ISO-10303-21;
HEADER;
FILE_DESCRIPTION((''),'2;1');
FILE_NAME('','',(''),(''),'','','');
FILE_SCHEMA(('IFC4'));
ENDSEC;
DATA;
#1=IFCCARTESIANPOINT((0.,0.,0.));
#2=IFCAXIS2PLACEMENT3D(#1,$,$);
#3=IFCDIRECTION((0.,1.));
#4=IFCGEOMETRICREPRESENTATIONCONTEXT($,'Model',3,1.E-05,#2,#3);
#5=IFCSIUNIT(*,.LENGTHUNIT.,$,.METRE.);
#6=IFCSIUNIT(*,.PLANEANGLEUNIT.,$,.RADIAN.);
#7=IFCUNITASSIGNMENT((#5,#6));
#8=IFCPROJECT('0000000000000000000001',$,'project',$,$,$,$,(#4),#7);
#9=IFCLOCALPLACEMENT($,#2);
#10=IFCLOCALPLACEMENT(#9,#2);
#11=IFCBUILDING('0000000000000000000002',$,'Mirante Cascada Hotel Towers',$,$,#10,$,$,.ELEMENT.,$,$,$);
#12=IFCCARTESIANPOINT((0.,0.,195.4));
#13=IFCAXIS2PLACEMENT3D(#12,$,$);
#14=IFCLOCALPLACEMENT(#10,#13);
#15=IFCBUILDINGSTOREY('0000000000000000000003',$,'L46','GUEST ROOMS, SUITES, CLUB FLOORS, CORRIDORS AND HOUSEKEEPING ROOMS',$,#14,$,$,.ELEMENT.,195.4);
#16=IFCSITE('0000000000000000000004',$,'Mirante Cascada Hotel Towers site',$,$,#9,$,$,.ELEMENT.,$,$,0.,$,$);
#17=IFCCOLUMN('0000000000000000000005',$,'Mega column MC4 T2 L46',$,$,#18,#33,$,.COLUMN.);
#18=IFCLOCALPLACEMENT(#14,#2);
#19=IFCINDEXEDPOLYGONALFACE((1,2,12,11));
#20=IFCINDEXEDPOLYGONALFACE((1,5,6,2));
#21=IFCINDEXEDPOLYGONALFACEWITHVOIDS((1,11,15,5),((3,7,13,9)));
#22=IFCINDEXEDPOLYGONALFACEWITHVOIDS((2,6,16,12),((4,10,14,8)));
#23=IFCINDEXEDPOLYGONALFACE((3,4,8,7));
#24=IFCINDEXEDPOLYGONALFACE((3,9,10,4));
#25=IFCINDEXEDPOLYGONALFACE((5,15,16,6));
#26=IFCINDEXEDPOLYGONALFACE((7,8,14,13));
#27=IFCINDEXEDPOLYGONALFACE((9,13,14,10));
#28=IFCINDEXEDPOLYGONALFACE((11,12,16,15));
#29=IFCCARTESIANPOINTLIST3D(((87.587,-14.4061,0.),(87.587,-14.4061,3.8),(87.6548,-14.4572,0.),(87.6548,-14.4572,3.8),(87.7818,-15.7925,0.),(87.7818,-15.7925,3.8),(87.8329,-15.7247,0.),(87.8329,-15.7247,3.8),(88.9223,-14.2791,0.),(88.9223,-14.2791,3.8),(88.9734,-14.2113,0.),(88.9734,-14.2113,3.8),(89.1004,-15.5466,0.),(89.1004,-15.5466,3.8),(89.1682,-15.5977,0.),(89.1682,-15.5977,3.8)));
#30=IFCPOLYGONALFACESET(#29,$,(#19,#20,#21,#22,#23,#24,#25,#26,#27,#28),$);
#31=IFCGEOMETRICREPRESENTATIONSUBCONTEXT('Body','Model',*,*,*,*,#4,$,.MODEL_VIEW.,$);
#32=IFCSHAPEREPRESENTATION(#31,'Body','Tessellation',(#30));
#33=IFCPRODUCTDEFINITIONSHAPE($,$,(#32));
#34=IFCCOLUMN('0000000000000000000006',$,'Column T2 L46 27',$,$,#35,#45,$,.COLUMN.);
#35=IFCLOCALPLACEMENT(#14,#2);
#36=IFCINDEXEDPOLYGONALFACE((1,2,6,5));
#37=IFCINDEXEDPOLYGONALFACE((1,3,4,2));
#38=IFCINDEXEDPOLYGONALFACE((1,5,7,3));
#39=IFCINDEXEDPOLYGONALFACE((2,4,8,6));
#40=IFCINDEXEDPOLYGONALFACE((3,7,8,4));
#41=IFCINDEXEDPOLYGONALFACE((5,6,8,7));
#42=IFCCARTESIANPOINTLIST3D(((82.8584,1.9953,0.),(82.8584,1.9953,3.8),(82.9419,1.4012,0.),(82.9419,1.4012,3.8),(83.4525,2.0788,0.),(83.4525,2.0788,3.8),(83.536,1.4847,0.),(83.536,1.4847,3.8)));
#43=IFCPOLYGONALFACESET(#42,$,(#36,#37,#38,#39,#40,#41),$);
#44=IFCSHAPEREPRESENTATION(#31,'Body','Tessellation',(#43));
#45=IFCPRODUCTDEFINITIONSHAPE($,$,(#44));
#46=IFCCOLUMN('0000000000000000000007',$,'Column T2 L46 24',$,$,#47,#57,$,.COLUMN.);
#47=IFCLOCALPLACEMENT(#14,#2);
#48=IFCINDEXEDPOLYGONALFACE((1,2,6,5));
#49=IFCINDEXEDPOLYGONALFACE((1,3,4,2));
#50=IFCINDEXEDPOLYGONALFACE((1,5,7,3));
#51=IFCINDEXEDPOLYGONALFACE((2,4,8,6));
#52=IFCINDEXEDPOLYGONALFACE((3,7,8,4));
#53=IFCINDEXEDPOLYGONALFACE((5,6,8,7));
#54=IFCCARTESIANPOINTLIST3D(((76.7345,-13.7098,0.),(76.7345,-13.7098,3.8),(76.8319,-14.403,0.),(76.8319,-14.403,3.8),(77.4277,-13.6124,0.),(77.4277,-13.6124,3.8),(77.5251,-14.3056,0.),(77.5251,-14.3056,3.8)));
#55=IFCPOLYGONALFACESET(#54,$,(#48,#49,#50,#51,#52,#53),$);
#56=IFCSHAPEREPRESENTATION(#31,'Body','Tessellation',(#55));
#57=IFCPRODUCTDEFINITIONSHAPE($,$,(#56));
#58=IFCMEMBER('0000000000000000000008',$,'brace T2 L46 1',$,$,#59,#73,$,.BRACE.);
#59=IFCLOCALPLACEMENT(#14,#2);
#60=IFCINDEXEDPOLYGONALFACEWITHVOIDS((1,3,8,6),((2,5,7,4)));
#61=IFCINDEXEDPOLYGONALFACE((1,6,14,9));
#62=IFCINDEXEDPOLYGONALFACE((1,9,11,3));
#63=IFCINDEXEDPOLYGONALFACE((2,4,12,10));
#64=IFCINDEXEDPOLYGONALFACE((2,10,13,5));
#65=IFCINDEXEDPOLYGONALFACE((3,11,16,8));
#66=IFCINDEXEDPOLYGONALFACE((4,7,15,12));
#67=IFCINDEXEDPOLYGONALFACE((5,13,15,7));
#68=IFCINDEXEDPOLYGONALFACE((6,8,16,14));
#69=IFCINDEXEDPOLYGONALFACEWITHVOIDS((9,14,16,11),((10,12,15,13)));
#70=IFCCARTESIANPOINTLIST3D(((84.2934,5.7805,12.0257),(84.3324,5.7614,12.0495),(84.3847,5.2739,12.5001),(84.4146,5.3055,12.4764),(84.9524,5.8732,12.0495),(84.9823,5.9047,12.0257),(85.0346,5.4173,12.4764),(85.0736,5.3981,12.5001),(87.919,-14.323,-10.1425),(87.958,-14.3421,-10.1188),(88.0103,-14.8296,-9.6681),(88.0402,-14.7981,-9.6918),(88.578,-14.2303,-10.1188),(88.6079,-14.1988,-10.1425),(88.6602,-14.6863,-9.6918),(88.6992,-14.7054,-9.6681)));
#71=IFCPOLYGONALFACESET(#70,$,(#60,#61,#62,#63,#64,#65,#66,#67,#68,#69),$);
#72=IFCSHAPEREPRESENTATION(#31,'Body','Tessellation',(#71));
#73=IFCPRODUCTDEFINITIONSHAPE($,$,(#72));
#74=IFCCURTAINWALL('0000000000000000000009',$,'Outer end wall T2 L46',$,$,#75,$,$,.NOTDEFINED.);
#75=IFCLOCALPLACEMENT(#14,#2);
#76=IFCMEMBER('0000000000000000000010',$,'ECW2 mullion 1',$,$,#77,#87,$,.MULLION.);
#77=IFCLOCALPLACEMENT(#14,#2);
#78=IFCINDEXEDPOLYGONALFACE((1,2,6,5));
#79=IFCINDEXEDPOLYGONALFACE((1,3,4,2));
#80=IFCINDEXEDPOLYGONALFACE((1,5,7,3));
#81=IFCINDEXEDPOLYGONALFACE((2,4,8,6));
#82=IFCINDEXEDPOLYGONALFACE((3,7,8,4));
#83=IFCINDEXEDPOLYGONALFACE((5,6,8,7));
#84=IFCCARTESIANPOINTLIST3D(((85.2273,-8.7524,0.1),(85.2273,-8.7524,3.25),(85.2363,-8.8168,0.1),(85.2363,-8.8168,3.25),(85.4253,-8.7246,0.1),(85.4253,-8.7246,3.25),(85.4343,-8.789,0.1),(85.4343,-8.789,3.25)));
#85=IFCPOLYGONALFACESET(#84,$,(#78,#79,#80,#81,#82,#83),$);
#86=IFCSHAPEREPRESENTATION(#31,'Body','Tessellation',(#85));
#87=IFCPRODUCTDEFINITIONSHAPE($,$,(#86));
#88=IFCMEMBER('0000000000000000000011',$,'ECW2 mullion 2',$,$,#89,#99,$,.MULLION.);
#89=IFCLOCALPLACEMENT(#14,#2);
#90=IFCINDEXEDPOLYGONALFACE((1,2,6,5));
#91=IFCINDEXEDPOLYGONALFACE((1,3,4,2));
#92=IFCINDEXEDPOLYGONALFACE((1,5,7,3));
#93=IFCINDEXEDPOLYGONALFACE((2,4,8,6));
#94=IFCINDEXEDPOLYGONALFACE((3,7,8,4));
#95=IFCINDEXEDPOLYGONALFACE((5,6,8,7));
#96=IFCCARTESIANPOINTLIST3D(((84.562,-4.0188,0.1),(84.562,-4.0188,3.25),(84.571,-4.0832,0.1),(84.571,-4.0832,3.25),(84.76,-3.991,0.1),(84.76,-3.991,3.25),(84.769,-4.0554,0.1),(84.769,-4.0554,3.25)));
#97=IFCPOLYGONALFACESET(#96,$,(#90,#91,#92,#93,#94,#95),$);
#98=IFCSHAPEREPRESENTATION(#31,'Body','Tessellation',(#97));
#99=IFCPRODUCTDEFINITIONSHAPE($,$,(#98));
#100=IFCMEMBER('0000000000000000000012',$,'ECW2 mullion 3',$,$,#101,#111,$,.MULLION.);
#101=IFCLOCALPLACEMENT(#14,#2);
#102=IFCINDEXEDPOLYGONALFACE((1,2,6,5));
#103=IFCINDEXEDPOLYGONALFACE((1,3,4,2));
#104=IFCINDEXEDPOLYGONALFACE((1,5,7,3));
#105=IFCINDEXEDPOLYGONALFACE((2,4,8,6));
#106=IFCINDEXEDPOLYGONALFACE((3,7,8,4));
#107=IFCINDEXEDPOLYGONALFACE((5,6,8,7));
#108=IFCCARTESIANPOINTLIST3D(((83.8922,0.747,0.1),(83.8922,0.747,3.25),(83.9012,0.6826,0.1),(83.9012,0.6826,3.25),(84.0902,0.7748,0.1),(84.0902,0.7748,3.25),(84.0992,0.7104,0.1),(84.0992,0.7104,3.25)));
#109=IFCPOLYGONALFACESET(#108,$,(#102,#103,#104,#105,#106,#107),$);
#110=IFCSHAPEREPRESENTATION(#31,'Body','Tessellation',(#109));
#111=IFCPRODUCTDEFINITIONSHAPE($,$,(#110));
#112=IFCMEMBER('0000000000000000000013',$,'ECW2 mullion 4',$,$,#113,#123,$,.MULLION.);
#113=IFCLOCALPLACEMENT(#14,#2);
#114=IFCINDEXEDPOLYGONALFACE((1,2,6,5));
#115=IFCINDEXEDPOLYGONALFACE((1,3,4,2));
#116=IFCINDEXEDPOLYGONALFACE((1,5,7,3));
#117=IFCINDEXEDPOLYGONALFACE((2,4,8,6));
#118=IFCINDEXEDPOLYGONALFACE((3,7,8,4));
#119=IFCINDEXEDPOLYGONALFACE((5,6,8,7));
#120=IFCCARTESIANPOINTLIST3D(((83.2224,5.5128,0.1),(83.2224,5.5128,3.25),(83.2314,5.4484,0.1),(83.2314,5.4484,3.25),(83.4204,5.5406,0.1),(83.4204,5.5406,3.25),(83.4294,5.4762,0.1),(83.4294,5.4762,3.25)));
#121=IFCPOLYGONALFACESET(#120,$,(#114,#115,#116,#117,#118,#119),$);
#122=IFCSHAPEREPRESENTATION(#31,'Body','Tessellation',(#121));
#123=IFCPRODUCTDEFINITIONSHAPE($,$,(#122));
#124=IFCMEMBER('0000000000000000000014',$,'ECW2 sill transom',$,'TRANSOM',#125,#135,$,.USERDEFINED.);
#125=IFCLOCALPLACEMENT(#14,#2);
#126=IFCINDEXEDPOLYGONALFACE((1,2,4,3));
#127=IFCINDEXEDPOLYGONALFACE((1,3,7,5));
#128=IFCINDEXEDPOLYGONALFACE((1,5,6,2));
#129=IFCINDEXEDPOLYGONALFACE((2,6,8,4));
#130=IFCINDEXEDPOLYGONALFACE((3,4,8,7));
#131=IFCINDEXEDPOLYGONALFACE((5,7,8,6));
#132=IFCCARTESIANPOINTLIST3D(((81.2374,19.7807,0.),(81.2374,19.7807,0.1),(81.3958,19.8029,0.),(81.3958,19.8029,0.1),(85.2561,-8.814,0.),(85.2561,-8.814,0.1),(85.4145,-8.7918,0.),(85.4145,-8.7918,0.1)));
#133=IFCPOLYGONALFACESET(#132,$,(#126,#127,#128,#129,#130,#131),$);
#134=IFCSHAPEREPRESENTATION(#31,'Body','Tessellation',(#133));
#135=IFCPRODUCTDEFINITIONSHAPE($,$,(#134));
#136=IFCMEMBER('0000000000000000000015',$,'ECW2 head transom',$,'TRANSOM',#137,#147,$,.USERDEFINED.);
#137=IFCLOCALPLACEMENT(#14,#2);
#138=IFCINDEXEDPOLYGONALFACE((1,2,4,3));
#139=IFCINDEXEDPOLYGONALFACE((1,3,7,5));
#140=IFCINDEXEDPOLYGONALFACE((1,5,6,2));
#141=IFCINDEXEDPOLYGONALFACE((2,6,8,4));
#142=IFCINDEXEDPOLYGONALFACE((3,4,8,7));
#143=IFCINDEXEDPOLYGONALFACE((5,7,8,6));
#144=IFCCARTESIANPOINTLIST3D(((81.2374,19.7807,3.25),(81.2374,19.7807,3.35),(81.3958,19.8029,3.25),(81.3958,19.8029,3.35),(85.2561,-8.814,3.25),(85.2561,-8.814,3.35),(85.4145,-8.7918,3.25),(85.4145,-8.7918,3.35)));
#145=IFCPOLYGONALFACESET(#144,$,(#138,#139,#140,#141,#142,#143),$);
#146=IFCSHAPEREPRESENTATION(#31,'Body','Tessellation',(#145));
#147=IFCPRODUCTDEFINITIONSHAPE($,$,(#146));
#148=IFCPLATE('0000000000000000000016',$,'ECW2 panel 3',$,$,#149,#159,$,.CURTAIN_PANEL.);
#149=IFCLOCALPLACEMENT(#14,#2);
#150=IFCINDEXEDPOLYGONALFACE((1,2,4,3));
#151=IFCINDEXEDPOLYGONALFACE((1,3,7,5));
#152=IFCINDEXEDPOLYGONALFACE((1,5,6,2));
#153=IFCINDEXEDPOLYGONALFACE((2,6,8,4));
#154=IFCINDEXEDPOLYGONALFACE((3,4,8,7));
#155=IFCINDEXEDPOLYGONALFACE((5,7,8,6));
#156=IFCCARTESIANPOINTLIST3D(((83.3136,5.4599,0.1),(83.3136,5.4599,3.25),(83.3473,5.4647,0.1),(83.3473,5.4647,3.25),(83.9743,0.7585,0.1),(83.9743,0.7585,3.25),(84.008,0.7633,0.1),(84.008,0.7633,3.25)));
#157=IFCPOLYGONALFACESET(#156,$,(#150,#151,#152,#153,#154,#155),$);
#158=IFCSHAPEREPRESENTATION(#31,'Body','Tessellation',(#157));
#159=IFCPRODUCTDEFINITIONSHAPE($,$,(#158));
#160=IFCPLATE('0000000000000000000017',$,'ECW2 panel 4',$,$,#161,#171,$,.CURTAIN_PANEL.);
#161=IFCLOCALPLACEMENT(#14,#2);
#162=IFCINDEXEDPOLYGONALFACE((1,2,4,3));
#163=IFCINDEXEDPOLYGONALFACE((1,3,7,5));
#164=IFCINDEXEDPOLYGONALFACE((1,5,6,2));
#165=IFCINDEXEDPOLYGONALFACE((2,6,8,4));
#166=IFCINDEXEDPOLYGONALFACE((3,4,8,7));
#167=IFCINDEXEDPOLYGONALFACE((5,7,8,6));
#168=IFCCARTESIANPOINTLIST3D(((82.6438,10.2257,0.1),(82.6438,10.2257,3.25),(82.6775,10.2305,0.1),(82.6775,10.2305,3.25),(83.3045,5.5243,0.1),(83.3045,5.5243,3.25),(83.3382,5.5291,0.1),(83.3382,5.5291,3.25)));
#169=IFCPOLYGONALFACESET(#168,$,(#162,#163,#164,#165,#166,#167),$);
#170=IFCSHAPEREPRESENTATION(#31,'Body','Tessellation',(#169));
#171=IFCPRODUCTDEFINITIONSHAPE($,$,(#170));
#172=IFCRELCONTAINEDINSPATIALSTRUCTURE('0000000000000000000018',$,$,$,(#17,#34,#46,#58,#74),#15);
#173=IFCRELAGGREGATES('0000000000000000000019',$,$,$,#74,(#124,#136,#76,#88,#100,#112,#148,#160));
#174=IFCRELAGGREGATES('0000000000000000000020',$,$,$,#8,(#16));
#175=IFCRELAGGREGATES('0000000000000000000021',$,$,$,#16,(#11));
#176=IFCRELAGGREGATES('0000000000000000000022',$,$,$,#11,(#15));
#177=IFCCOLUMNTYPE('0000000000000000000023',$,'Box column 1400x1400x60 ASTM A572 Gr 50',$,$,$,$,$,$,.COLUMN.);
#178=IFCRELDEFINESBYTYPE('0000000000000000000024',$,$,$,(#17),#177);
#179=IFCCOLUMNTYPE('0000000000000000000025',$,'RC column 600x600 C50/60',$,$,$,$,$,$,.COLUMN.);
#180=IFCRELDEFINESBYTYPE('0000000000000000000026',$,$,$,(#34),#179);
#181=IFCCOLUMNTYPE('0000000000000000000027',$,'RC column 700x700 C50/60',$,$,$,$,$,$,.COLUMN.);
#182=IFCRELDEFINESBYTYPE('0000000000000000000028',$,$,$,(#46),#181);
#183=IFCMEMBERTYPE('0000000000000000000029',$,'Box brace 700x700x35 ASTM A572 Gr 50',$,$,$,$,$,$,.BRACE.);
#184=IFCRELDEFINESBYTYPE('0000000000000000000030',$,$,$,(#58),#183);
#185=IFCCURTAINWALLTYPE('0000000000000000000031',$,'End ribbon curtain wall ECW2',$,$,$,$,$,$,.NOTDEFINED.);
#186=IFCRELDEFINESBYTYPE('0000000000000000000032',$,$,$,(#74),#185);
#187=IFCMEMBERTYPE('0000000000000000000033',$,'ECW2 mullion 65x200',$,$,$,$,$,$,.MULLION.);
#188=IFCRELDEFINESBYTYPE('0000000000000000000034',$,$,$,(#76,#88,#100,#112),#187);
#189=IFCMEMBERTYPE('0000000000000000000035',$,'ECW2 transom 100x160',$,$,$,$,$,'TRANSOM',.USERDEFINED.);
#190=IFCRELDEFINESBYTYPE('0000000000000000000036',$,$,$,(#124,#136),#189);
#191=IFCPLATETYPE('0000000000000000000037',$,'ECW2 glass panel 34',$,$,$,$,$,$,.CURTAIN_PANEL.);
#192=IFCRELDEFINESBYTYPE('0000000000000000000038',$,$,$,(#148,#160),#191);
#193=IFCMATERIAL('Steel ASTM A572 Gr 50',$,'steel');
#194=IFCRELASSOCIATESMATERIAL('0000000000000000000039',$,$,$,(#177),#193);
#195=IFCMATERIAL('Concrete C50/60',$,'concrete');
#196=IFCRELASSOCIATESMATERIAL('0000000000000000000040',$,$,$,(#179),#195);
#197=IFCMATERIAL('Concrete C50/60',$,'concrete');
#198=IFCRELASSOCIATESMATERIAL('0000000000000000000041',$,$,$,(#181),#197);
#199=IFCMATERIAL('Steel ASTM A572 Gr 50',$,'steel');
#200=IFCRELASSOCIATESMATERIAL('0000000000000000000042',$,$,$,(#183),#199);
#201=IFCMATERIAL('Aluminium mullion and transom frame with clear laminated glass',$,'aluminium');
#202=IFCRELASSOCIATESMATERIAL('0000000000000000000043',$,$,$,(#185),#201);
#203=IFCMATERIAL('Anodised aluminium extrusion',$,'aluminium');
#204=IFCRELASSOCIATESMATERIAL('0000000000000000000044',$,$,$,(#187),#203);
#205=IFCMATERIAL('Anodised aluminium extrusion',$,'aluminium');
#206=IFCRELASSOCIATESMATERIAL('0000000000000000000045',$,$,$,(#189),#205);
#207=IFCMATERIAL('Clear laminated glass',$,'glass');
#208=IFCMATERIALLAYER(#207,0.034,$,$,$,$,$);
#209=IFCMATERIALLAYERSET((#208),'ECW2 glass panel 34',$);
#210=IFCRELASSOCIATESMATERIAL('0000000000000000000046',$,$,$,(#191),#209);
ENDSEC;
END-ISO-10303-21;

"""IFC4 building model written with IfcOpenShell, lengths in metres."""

from ifc_helpers import new_model, si_unit, direction, frame, origin, origin_2d, place, context, subcontext, project, spatial, rectangle, hollow_rectangle, extrude, material, layer, layer_set, material_profile, profile_set, type_object, element, aggregate, save


model = new_model("IFC4")

# Units and contexts
model_context = context("Model", 3, precision=1e-05, world=origin(), true_north=direction((0.0, 1.0)))
body_context = subcontext(model_context, "Body", "Model", "MODEL_VIEW")
ifc_project = project(units=[si_unit("LENGTHUNIT", "METRE"), si_unit("PLANEANGLEUNIT", "RADIAN")], contexts=[model_context])

# Site, building, storey
site_placement = place(None, origin())
site = spatial("IfcSite", under=ifc_project, at=site_placement, Name="Mirante Cascada Hotel Towers site", CompositionType="ELEMENT", RefElevation=0.0)
building_placement = place(site_placement, origin())
building = spatial("IfcBuilding", under=site, at=building_placement, Name="Mirante Cascada Hotel Towers", CompositionType="ELEMENT")
storey_placement = place(building_placement, frame((0.0, 0.0, 195.4)))
storey = spatial("IfcBuildingStorey", under=building, at=storey_placement, Name="L46", Description="GUEST ROOMS, SUITES, CLUB FLOORS, CORRIDORS AND HOUSEKEEPING ROOMS", CompositionType="ELEMENT", Elevation=195.4)

# Columns
ifc_material_1 = material(Name="Steel ASTM A572 Gr 50", Category="steel")
ifc_material_profile_1 = material_profile(ifc_material_1, hollow_rectangle(XDim=1.4, YDim=1.4, WallThickness=0.06, at=origin_2d()), Name="Box column 1400x1400x60 ASTM A572 Gr 50")
ifc_profile_set_1 = profile_set([ifc_material_profile_1], Name="Steel ASTM A572 Gr 50")
column_type_1 = type_object("IfcColumnType", Name="Box column 1400x1400x60 ASTM A572 Gr 50", PredefinedType="COLUMN", material=ifc_profile_set_1)
column_1_placement = place(storey_placement, frame((88.3776, -15.0019, 0.0), z_axis=(0.0, 0.0, 1.0), x_axis=(0.990268, 0.139173, 0.0)))
element("IfcColumn", 1, at=column_1_placement, inside=storey, type_object=column_type_1, Name="Mega column MC4 T2 L46", PredefinedType="COLUMN", context=body_context, shape_type="SweptSolid", body=[
    extrude(hollow_rectangle(XDim=1.4, YDim=1.4, WallThickness=0.06, at=origin_2d()), origin(), (0.0, 0.0, 1.0), 3.8),
])
ifc_material_2 = material(Name="Concrete C50/60", Category="concrete")
ifc_material_profile_2 = material_profile(ifc_material_2, rectangle(XDim=0.6, YDim=0.6, at=origin_2d()), Name="RC column 600x600 C50/60")
ifc_profile_set_2 = profile_set([ifc_material_profile_2], Name="Concrete C50/60")
column_type_2 = type_object("IfcColumnType", Name="RC column 600x600 C50/60", PredefinedType="COLUMN", material=ifc_profile_set_2)
column_2_placement = place(storey_placement, frame((83.1972, 1.74, 0.0), z_axis=(0.0, 0.0, 1.0), x_axis=(0.990268, 0.139173, 0.0)))
element("IfcColumn", 2, at=column_2_placement, inside=storey, type_object=column_type_2, Name="Column T2 L46 27", PredefinedType="COLUMN", context=body_context, shape_type="SweptSolid", body=[
    extrude(rectangle(XDim=0.6, YDim=0.6, at=origin_2d()), origin(), (0.0, 0.0, 1.0), 3.8),
])
ifc_material_3 = material(Name="Concrete C50/60", Category="concrete")
ifc_material_profile_3 = material_profile(ifc_material_3, rectangle(XDim=0.7, YDim=0.7, at=origin_2d()), Name="RC column 700x700 C50/60")
ifc_profile_set_3 = profile_set([ifc_material_profile_3], Name="Concrete C50/60")
column_type_3 = type_object("IfcColumnType", Name="RC column 700x700 C50/60", PredefinedType="COLUMN", material=ifc_profile_set_3)
column_3_placement = place(storey_placement, frame((77.1298, -14.0077, 0.0), z_axis=(0.0, 0.0, 1.0), x_axis=(0.990268, 0.139173, 0.0)))
element("IfcColumn", 3, at=column_3_placement, inside=storey, type_object=column_type_3, Name="Column T2 L46 24", PredefinedType="COLUMN", context=body_context, shape_type="SweptSolid", body=[
    extrude(rectangle(XDim=0.7, YDim=0.7, at=origin_2d()), origin(), (0.0, 0.0, 1.0), 3.8),
])

# Member
ifc_material_4 = material(Name="Steel ASTM A572 Gr 50", Category="steel")
ifc_material_profile_4 = material_profile(ifc_material_4, hollow_rectangle(XDim=0.7, YDim=0.7, WallThickness=0.035, at=origin_2d()), Name="Box brace 700x700x35 ASTM A572 Gr 50")
ifc_profile_set_4 = profile_set([ifc_material_profile_4], Name="Steel ASTM A572 Gr 50")
member_type_1 = type_object("IfcMemberType", Name="Box brace 700x700x35 ASTM A572 Gr 50", PredefinedType="BRACE", material=ifc_profile_set_4)
member_1_placement = place(storey_placement, frame((88.3091, -14.5142, -9.9053), z_axis=(-0.120272, 0.666892, 0.735384), x_axis=(-0.984124, -0.177483, 0.0)))
element("IfcMember", 4, at=member_1_placement, inside=storey, type_object=member_type_1, Name="brace T2 L46 1", PredefinedType="BRACE", context=body_context, shape_type="SweptSolid", body=[
    extrude(hollow_rectangle(XDim=0.7, YDim=0.7, WallThickness=0.035, at=origin_2d()), origin(), (0.0, 0.0, 1.0), 30.1451),
])

# Curtain wall, members, plates
ifc_material_5 = material(Name="Aluminium mullion and transom frame with clear laminated glass", Category="aluminium")
curtain_wall_type = type_object("IfcCurtainWallType", Name="End ribbon curtain wall ECW2", PredefinedType="NOTDEFINED", material=ifc_material_5)
curtain_wall_placement = place(storey_placement, origin())
curtain_wall = element("IfcCurtainWall", 5, at=curtain_wall_placement, inside=storey, type_object=curtain_wall_type, Name="Outer end wall T2 L46", PredefinedType="NOTDEFINED")
ifc_material_6 = material(Name="Anodised aluminium extrusion", Category="aluminium")
ifc_material_profile_5 = material_profile(ifc_material_6, rectangle(XDim=0.2, YDim=0.065, at=origin_2d()), Name="ECW2 MULLION 65x200")
ifc_profile_set_5 = profile_set([ifc_material_profile_5], Name="Anodised aluminium extrusion")
member_type_2 = type_object("IfcMemberType", Name="ECW2 mullion 65x200", PredefinedType="MULLION", material=ifc_profile_set_5)
member_2_placement = place(storey_placement, frame((85.3308, -8.7707, 0.1), z_axis=(0.0, 0.0, 1.0), x_axis=(-0.990268, -0.139173, 0.0)))
member_2 = element("IfcMember", 6, at=member_2_placement, type_object=member_type_2, Name="ECW2 mullion 1", PredefinedType="MULLION", context=body_context, shape_type="SweptSolid", body=[
    extrude(rectangle(XDim=0.2, YDim=0.065, at=origin_2d()), origin(), (0.0, 0.0, 1.0), 3.15),
])
member_3_placement = place(storey_placement, frame((84.6655, -4.0371, 0.1), z_axis=(0.0, 0.0, 1.0), x_axis=(-0.990268, -0.139173, 0.0)))
member_3 = element("IfcMember", 7, at=member_3_placement, type_object=member_type_2, Name="ECW2 mullion 2", PredefinedType="MULLION", context=body_context, shape_type="SweptSolid", body=[
    extrude(rectangle(XDim=0.2, YDim=0.065, at=origin_2d()), origin(), (0.0, 0.0, 1.0), 3.15),
])
member_4_placement = place(storey_placement, frame((83.9957, 0.7287, 0.1), z_axis=(0.0, 0.0, 1.0), x_axis=(-0.990268, -0.139173, 0.0)))
member_4 = element("IfcMember", 8, at=member_4_placement, type_object=member_type_2, Name="ECW2 mullion 3", PredefinedType="MULLION", context=body_context, shape_type="SweptSolid", body=[
    extrude(rectangle(XDim=0.2, YDim=0.065, at=origin_2d()), origin(), (0.0, 0.0, 1.0), 3.15),
])
member_5_placement = place(storey_placement, frame((83.3259, 5.4945, 0.1), z_axis=(0.0, 0.0, 1.0), x_axis=(-0.990268, -0.139173, 0.0)))
member_5 = element("IfcMember", 9, at=member_5_placement, type_object=member_type_2, Name="ECW2 mullion 4", PredefinedType="MULLION", context=body_context, shape_type="SweptSolid", body=[
    extrude(rectangle(XDim=0.2, YDim=0.065, at=origin_2d()), origin(), (0.0, 0.0, 1.0), 3.15),
])
ifc_material_7 = material(Name="Anodised aluminium extrusion", Category="aluminium")
ifc_material_profile_6 = material_profile(ifc_material_7, rectangle(XDim=0.16, YDim=0.1, at=origin_2d()), Name="ECW2 TRANSOM 100x160")
ifc_profile_set_6 = profile_set([ifc_material_profile_6], Name="Anodised aluminium extrusion")
member_type_3 = type_object("IfcMemberType", Name="ECW2 transom 100x160", ElementType="TRANSOM", PredefinedType="USERDEFINED", material=ifc_profile_set_6)
member_6_placement = place(storey_placement, frame((85.3353, -8.8029, 0.05), z_axis=(-0.139172, 0.990268, 0.0), x_axis=(-0.990268, -0.139172, 0.0)))
member_6 = element("IfcMember", 10, at=member_6_placement, type_object=member_type_3, Name="ECW2 sill transom", ObjectType="TRANSOM", PredefinedType="USERDEFINED", context=body_context, shape_type="SweptSolid", body=[
    extrude(rectangle(XDim=0.16, YDim=0.1, at=origin_2d()), origin(), (0.0, 0.0, 1.0), 28.8757),
])
member_7_placement = place(storey_placement, frame((85.3353, -8.8029, 3.3), z_axis=(-0.139172, 0.990268, 0.0), x_axis=(-0.990268, -0.139172, 0.0)))
member_7 = element("IfcMember", 11, at=member_7_placement, type_object=member_type_3, Name="ECW2 head transom", ObjectType="TRANSOM", PredefinedType="USERDEFINED", context=body_context, shape_type="SweptSolid", body=[
    extrude(rectangle(XDim=0.16, YDim=0.1, at=origin_2d()), origin(), (0.0, 0.0, 1.0), 28.8757),
])
ifc_material_8 = material(Name="Clear laminated glass", Category="glass")
ifc_layer_1 = layer(ifc_material_8, 0.034)
ifc_layer_set_1 = layer_set([ifc_layer_1], Name="ECW2 glass panel 34")
plate_type_1 = type_object("IfcPlateType", Name="ECW2 glass panel 34", PredefinedType="CURTAIN_PANEL", material=ifc_layer_set_1)
plate_1_placement = place(storey_placement, frame((83.6608, 3.1116, 0.1), z_axis=(0.0, 0.0, 1.0), x_axis=(-0.139173, 0.990268, 0.0)))
plate_1 = element("IfcPlate", 12, at=plate_1_placement, type_object=plate_type_1, Name="ECW2 panel 3", PredefinedType="CURTAIN_PANEL", context=body_context, shape_type="SweptSolid", body=[
    extrude(rectangle(XDim=4.7476, YDim=0.034, at=origin_2d()), origin(), (0.0, 0.0, 1.0), 3.15),
])
plate_2_placement = place(storey_placement, frame((82.991, 7.8774, 0.1), z_axis=(0.0, 0.0, 1.0), x_axis=(-0.139173, 0.990268, 0.0)))
plate_2 = element("IfcPlate", 13, at=plate_2_placement, type_object=plate_type_1, Name="ECW2 panel 4", PredefinedType="CURTAIN_PANEL", context=body_context, shape_type="SweptSolid", body=[
    extrude(rectangle(XDim=4.7476, YDim=0.034, at=origin_2d()), origin(), (0.0, 0.0, 1.0), 3.15),
])
aggregate(curtain_wall, [member_6, member_7, member_2, member_3, member_4, member_5, plate_1, plate_2])

save(model, "model.ifc")
